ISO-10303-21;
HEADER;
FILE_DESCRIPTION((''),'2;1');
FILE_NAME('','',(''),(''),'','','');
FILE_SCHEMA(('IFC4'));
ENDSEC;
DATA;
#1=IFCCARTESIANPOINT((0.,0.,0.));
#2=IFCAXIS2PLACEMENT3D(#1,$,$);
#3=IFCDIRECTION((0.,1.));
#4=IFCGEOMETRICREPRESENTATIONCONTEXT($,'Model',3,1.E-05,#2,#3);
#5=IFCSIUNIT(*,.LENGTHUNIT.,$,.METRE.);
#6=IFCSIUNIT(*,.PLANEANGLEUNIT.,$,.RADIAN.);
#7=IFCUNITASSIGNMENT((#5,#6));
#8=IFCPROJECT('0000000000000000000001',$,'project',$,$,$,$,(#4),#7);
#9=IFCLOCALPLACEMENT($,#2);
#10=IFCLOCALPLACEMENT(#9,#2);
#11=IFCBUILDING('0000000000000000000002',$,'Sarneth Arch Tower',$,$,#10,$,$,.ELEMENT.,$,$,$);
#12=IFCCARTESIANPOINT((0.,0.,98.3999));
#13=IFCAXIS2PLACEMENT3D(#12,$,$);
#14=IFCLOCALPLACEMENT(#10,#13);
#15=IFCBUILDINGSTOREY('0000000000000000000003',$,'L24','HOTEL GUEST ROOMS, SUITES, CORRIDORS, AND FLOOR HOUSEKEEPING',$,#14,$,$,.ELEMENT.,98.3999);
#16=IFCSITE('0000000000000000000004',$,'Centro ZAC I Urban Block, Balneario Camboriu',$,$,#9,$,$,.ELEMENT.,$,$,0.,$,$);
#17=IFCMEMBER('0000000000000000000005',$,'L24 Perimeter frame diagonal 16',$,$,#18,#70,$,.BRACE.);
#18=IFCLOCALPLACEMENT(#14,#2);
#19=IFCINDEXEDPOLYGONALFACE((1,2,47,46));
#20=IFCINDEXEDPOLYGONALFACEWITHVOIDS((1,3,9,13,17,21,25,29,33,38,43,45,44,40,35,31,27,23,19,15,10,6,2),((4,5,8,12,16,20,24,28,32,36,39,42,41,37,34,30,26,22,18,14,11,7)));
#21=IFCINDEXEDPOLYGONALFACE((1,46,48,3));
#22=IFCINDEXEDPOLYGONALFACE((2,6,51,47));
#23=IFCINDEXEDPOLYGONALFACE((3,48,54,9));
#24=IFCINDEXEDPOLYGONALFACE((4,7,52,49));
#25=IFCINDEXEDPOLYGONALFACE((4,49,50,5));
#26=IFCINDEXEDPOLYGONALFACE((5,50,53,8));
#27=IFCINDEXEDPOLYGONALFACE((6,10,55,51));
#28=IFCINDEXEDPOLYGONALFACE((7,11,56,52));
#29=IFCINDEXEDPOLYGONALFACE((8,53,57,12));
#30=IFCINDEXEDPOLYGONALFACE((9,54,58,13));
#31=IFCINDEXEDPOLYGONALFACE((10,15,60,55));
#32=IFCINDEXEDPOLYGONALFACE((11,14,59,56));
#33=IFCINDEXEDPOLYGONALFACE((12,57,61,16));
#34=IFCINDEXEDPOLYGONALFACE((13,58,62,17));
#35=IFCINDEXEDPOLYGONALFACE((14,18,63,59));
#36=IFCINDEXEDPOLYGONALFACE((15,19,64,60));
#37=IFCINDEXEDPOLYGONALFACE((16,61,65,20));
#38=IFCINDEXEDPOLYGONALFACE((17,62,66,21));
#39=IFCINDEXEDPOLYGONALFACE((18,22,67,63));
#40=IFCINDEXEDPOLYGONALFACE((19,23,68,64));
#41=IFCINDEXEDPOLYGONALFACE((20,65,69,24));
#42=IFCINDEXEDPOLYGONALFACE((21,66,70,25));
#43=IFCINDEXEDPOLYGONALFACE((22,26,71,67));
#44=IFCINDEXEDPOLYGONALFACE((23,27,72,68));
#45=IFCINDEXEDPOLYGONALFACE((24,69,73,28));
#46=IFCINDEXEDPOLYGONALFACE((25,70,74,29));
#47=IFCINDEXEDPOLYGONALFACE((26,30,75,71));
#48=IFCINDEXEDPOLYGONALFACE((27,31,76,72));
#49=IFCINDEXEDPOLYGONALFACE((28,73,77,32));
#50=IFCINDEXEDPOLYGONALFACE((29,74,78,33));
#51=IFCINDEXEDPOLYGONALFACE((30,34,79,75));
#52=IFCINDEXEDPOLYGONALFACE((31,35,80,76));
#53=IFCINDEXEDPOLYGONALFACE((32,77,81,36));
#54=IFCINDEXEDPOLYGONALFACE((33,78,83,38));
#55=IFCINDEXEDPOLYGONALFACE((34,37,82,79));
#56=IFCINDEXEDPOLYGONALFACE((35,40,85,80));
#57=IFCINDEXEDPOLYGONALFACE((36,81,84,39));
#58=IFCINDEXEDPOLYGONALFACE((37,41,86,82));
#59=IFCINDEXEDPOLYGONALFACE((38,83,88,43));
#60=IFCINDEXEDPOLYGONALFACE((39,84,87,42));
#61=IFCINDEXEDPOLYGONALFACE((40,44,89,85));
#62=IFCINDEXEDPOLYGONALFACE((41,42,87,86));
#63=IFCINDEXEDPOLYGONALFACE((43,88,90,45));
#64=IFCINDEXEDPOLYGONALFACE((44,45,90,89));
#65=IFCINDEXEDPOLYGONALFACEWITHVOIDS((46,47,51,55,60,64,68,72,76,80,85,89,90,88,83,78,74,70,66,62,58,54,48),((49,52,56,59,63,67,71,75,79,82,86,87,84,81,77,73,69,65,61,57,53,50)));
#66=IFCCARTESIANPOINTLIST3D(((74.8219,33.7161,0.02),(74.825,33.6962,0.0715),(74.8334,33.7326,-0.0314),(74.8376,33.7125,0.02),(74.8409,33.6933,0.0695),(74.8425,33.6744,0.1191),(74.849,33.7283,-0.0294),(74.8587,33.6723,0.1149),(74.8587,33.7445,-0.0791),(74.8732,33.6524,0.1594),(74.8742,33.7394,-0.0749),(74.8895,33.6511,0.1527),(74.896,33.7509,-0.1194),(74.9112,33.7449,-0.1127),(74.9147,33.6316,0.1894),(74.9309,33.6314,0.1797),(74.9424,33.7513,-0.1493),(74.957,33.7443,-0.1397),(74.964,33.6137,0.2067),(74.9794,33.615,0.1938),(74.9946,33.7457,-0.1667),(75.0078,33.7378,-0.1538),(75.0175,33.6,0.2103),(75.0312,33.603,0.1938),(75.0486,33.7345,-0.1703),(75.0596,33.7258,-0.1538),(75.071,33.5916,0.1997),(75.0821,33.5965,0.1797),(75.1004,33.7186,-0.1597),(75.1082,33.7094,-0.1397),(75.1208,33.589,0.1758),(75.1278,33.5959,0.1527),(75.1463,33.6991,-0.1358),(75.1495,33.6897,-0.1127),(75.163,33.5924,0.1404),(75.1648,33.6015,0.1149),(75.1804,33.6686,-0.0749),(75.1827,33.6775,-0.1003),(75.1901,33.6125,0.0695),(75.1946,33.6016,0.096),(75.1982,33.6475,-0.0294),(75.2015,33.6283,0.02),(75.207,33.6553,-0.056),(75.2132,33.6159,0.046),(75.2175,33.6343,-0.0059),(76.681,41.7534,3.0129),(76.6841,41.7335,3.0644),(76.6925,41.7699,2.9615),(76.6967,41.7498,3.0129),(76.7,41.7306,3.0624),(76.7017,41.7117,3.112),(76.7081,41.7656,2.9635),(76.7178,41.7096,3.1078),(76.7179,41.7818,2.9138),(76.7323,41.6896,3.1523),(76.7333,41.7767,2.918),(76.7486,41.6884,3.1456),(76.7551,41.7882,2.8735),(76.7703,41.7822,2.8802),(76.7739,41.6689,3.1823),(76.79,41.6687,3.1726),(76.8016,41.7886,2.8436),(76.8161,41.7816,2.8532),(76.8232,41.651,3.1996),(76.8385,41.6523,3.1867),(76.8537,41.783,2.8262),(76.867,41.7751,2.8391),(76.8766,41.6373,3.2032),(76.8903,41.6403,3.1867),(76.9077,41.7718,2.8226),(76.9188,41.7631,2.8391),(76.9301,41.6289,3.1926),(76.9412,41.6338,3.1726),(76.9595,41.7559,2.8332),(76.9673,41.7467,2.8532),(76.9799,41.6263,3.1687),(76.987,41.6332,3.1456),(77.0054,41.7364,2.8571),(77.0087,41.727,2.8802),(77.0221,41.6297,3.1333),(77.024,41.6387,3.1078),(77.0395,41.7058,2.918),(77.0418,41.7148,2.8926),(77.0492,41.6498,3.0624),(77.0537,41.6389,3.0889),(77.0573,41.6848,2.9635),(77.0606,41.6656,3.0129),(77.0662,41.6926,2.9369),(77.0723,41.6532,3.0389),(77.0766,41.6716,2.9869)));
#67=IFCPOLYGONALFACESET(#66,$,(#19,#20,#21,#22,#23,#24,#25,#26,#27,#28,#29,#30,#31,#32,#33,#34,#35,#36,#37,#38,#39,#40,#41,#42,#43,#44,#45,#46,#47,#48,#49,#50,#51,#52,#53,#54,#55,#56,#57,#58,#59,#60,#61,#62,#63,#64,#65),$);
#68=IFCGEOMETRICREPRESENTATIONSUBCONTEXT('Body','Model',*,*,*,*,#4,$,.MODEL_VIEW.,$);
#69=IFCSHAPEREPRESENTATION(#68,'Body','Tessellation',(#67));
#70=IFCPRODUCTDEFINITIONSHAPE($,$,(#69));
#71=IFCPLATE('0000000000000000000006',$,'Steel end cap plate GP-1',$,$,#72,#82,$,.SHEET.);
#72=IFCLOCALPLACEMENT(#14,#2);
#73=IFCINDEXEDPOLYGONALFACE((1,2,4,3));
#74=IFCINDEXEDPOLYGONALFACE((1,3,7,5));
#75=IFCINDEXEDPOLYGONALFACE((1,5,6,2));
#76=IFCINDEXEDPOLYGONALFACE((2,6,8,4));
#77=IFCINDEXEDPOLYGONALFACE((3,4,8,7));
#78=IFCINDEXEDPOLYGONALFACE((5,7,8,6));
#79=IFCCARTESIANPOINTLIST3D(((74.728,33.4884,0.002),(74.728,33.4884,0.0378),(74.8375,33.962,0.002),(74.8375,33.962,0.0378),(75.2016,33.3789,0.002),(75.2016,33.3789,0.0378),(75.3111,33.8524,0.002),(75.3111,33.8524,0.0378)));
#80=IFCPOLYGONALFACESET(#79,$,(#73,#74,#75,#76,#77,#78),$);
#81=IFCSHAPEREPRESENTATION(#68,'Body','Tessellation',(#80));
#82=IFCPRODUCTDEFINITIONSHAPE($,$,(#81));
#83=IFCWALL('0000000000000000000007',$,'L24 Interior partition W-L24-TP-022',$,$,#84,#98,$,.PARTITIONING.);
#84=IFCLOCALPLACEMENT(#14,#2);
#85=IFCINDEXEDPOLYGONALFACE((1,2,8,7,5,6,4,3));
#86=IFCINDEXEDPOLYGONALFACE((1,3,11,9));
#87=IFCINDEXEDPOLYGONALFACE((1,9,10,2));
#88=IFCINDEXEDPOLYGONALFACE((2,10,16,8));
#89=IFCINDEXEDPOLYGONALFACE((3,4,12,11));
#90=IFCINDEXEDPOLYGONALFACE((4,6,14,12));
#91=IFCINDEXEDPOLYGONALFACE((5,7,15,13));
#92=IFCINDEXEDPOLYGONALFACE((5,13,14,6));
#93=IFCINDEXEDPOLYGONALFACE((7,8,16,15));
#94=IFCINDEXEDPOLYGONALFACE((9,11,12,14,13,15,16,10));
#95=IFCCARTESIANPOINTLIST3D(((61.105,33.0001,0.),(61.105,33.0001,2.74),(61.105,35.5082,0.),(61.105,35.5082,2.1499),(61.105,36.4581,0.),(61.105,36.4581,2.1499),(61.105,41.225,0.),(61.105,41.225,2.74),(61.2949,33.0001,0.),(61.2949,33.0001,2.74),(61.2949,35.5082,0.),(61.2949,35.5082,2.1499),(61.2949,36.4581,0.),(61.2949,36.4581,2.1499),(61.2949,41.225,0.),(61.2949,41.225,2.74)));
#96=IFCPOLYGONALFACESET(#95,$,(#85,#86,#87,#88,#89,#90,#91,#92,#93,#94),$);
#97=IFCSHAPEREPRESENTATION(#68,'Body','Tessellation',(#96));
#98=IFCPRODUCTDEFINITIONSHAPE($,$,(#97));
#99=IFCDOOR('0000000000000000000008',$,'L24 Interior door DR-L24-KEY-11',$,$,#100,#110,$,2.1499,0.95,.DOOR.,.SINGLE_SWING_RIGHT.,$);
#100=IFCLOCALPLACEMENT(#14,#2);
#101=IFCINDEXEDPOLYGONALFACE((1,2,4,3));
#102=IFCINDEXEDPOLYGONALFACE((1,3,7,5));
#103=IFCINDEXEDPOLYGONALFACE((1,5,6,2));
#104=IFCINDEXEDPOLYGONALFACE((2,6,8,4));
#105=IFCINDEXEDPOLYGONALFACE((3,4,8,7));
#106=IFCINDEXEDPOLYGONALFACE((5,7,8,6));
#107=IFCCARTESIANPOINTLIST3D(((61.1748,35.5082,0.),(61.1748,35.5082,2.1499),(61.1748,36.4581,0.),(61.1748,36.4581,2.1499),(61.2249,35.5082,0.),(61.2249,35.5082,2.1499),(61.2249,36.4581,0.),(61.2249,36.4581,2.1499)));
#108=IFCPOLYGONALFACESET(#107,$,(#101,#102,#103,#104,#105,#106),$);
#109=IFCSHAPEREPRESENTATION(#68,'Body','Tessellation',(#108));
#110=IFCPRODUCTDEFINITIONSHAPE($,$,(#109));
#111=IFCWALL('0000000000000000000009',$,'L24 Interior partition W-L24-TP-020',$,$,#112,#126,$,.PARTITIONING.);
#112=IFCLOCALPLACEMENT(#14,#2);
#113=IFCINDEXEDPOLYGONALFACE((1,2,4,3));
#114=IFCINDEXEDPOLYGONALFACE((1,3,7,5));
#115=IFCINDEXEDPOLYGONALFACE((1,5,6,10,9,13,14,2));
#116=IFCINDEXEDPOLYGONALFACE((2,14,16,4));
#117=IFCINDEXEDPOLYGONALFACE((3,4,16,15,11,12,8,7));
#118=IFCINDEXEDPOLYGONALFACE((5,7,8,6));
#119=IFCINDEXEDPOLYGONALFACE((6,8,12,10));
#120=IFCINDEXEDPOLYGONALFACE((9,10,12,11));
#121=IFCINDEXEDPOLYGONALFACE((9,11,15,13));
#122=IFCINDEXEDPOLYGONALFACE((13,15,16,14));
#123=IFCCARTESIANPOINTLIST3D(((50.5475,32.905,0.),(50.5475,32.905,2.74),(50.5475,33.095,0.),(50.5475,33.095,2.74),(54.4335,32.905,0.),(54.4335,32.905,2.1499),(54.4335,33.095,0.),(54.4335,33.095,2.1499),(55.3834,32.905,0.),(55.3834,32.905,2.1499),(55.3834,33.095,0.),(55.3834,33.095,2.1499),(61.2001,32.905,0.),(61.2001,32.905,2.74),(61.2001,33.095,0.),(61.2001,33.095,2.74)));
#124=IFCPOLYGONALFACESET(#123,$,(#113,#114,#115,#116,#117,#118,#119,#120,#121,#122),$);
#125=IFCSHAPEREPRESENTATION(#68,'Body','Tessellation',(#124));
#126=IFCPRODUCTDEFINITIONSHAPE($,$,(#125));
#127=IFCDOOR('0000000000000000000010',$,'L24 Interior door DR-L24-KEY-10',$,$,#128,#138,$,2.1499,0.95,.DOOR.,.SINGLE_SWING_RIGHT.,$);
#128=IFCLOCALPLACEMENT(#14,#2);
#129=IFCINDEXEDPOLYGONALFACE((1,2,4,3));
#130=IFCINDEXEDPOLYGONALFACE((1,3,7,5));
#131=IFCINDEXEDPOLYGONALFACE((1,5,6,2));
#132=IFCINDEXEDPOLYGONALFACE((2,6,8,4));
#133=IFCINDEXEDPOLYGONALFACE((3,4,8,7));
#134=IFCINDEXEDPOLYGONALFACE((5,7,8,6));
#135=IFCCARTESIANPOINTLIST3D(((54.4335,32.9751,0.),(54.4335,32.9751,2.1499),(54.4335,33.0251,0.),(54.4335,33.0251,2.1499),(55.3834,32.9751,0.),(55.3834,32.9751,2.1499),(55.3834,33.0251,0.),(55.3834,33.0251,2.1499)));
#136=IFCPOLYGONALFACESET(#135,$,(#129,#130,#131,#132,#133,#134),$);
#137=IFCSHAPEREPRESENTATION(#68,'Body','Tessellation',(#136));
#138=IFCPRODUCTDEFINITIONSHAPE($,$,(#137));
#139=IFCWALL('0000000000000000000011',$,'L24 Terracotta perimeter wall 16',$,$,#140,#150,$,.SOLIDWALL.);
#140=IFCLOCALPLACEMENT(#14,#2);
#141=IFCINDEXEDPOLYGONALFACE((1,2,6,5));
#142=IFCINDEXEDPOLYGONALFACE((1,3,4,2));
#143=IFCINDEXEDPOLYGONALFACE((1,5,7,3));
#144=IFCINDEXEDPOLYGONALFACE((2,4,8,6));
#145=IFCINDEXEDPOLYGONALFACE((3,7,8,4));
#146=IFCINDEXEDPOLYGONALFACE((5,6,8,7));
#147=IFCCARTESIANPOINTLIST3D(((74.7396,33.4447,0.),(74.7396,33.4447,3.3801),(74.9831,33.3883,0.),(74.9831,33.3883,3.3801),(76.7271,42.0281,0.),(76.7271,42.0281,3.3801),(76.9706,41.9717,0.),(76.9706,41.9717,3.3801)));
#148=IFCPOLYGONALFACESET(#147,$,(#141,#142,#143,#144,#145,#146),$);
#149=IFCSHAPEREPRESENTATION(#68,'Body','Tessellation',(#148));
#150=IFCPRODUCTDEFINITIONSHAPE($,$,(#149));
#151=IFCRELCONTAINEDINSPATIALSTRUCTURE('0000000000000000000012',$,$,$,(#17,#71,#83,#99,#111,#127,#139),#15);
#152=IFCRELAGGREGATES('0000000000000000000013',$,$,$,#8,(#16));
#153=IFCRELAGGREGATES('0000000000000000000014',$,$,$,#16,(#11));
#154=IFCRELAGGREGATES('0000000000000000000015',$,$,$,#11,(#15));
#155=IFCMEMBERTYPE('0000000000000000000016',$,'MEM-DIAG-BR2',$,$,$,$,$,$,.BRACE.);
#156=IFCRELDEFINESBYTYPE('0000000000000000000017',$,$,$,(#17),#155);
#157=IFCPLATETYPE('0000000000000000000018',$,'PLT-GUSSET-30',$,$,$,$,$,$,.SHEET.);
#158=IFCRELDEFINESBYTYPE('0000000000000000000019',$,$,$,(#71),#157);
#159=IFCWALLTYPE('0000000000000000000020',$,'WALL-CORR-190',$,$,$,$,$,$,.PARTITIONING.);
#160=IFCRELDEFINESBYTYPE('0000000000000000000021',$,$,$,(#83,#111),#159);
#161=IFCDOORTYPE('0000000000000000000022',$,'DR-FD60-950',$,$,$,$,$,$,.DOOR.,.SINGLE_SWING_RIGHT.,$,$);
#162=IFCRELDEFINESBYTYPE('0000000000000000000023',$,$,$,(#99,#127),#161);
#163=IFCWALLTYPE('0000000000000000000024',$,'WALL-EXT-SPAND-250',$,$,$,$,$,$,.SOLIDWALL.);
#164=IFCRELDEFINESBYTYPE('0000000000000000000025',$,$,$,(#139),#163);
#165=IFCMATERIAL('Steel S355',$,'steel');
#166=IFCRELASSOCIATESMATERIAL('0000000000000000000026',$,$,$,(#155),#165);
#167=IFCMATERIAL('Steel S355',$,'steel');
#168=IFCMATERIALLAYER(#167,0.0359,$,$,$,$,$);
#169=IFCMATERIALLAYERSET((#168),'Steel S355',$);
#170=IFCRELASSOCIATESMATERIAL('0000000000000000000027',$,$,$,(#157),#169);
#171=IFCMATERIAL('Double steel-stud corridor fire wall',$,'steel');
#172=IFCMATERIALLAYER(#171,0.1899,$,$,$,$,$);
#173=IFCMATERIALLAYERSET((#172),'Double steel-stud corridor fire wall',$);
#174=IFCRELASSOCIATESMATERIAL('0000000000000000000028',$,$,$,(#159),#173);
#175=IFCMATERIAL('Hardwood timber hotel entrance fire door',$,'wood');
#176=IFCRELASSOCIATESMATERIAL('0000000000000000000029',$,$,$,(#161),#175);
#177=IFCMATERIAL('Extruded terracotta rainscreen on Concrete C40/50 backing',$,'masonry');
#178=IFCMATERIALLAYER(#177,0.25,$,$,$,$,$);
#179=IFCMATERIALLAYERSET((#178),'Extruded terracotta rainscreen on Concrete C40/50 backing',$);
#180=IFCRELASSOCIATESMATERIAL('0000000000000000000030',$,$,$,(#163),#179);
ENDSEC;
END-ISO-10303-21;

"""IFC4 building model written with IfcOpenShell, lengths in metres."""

from ifc_helpers import new_model, si_unit, direction, frame, frame_2d, origin, origin_2d, place, context, subcontext, project, spatial, rectangle, hollow_circle, extrude, material, layer, layer_set, material_profile, profile_set, type_object, element, fill, save


model = new_model("IFC4")

# Units and contexts
model_context = context("Model", 3, precision=1e-05, world=origin(), true_north=direction((0.0, 1.0)))
body_context = subcontext(model_context, "Body", "Model", "MODEL_VIEW")
ifc_project = project(units=[si_unit("LENGTHUNIT", "METRE"), si_unit("PLANEANGLEUNIT", "RADIAN")], contexts=[model_context])

# Site, building, storey
site_placement = place(None, origin())
site = spatial("IfcSite", under=ifc_project, at=site_placement, Name="Centro ZAC I Urban Block, Balneario Camboriu", CompositionType="ELEMENT", RefElevation=0.0)
building_placement = place(site_placement, origin())
building = spatial("IfcBuilding", under=site, at=building_placement, Name="Sarneth Arch Tower", CompositionType="ELEMENT")
storey_placement = place(building_placement, frame((0.0, 0.0, 98.3999)))
storey = spatial("IfcBuildingStorey", under=building, at=storey_placement, Name="L24", Description="HOTEL GUEST ROOMS, SUITES, CORRIDORS, AND FLOOR HOUSEKEEPING", CompositionType="ELEMENT", Elevation=98.3999)

# Member
ifc_material_1 = material(Name="Steel S355", Category="steel")
ifc_material_profile_1 = material_profile(ifc_material_1, hollow_circle(Radius=0.2029, WallThickness=0.0161, at=origin_2d()), Name="CHS406x16")
ifc_profile_set_1 = profile_set([ifc_material_profile_1], Name="Steel S355")
member_type = type_object("IfcMemberType", Name="MEM-DIAG-BR2", PredefinedType="BRACE", material=ifc_profile_set_1)
member_placement = place(storey_placement, frame((75.0195, 33.6704, 0.02), z_axis=(0.21185, 0.915864, 0.341046), x_axis=(-0.974275, 0.225361, 0.0)))
element("IfcMember", 1, at=member_placement, inside=storey, type_object=member_type, Name="L24 Perimeter frame diagonal 16", PredefinedType="BRACE", context=body_context, shape_type="SweptSolid", body=[
    extrude(hollow_circle(Radius=0.2029, WallThickness=0.0161, at=origin_2d()), origin(), (0.0, 0.0, 1.0), 8.7756),
])

# Plate
ifc_material_2 = material(Name="Steel S355", Category="steel")
ifc_layer_1 = layer(ifc_material_2, 0.0359)
ifc_layer_set_1 = layer_set([ifc_layer_1], Name="Steel S355")
plate_type = type_object("IfcPlateType", Name="PLT-GUSSET-30", PredefinedType="SHEET", material=ifc_layer_set_1)
plate_placement = place(storey_placement, frame((75.0195, 33.6704, 0.002), z_axis=(0.0, 0.0, 1.0), x_axis=(0.225291, 0.974291, 0.0)))
element("IfcPlate", 2, at=plate_placement, inside=storey, type_object=plate_type, Name="Steel end cap plate GP-1", PredefinedType="SHEET", context=body_context, shape_type="SweptSolid", body=[
    extrude(rectangle(XDim=0.4861, YDim=0.4861, at=origin_2d()), origin(), (0.0, 0.0, 1.0), 0.0359),
])

# Walls, openings, doors
ifc_material_3 = material(Name="Double steel-stud corridor fire wall", Category="steel")
ifc_layer_2 = layer(ifc_material_3, 0.1899)
ifc_layer_set_2 = layer_set([ifc_layer_2], Name="Double steel-stud corridor fire wall")
wall_type_1 = type_object("IfcWallType", Name="WALL-CORR-190", PredefinedType="PARTITIONING", material=ifc_layer_set_2)
wall_1_placement = place(storey_placement, frame((61.2, 41.2249, 0.0), z_axis=(0.0, 0.0, 1.0), x_axis=(0.0, -1.0, 0.0)))
wall_1 = element("IfcWall", 3, at=wall_1_placement, inside=storey, type_object=wall_type_1, Name="L24 Interior partition W-L24-TP-022", PredefinedType="PARTITIONING", context=body_context, shape_type="SweptSolid", body=[
    extrude(rectangle(XDim=8.2249, YDim=0.1899, at=frame_2d((4.1123, 0.0))), origin(), (0.0, 0.0, 1.0), 2.74),
])
opening_1_placement = place(wall_1_placement, frame((4.7666, 0.0, 0.0)))
opening_1 = element("IfcOpeningElement", 4, at=opening_1_placement, cuts=wall_1, PredefinedType="OPENING", context=body_context, shape_type="SweptSolid", body=[
    extrude(rectangle(XDim=0.95, YDim=2.1499, at=frame_2d((0.4751, 1.075))), frame((0.0, 0.105, 0.0), z_axis=(0.0, -1.0, 0.0), x_axis=(1.0, 0.0, 0.0)), (0.0, 0.0, 1.0), 0.21),
])
ifc_material_4 = material(Name="Hardwood timber hotel entrance fire door", Category="wood")
door_type_1 = type_object("IfcDoorType", Name="DR-FD60-950", OperationType="SINGLE_SWING_RIGHT", PredefinedType="DOOR", material=ifc_material_4)
door_1_placement = place(opening_1_placement, origin())
door_1 = element("IfcDoor", 5, at=door_1_placement, inside=storey, type_object=door_type_1, Name="L24 Interior door DR-L24-KEY-11", OperationType="SINGLE_SWING_RIGHT", OverallHeight=2.1499, OverallWidth=0.95, PredefinedType="DOOR", context=body_context, shape_type="SweptSolid", body=[
    extrude(rectangle(XDim=0.95, YDim=2.1499, at=frame_2d((0.4751, 1.075))), frame((0.0, 0.0249, 0.0), z_axis=(0.0, -1.0, 0.0), x_axis=(1.0, 0.0, 0.0)), (0.0, 0.0, 1.0), 0.05),
])
fill(opening_1, door_1)
wall_2_placement = place(storey_placement, frame((61.2, 33.0, 0.0), z_axis=(0.0, 0.0, 1.0), x_axis=(-1.0, 0.0, 0.0)))
wall_2 = element("IfcWall", 6, at=wall_2_placement, inside=storey, type_object=wall_type_1, Name="L24 Interior partition W-L24-TP-020", PredefinedType="PARTITIONING", context=body_context, shape_type="SweptSolid", body=[
    extrude(rectangle(XDim=10.6526, YDim=0.1899, at=frame_2d((5.3262, 0.0))), origin(), (0.0, 0.0, 1.0), 2.74),
])
opening_2_placement = place(wall_2_placement, frame((5.8164, 0.0, 0.0)))
opening_2 = element("IfcOpeningElement", 7, at=opening_2_placement, cuts=wall_2, PredefinedType="OPENING", context=body_context, shape_type="SweptSolid", body=[
    extrude(rectangle(XDim=0.95, YDim=2.1499, at=frame_2d((0.4751, 1.075))), frame((0.0, 0.105, 0.0), z_axis=(0.0, -1.0, 0.0), x_axis=(1.0, 0.0, 0.0)), (0.0, 0.0, 1.0), 0.21),
])
door_2_placement = place(opening_2_placement, origin())
door_2 = element("IfcDoor", 8, at=door_2_placement, inside=storey, type_object=door_type_1, Name="L24 Interior door DR-L24-KEY-10", OperationType="SINGLE_SWING_RIGHT", OverallHeight=2.1499, OverallWidth=0.95, PredefinedType="DOOR", context=body_context, shape_type="SweptSolid", body=[
    extrude(rectangle(XDim=0.95, YDim=2.1499, at=frame_2d((0.4751, 1.075))), frame((0.0, 0.0249, 0.0), z_axis=(0.0, -1.0, 0.0), x_axis=(1.0, 0.0, 0.0)), (0.0, 0.0, 1.0), 0.05),
])
fill(opening_2, door_2)

# Wall
ifc_material_5 = material(Name="Extruded terracotta rainscreen on Concrete C40/50 backing", Category="masonry")
ifc_layer_3 = layer(ifc_material_5, 0.25)
ifc_layer_set_3 = layer_set([ifc_layer_3], Name="Extruded terracotta rainscreen on Concrete C40/50 backing")
wall_type_2 = type_object("IfcWallType", Name="WALL-EXT-SPAND-250", PredefinedType="SOLIDWALL", material=ifc_layer_set_3)
wall_3_placement = place(storey_placement, frame((74.8613, 33.4165, 0.0), z_axis=(0.0, 0.0, 1.0), x_axis=(0.225586, 0.974223, 0.0)))
element("IfcWall", 9, at=wall_3_placement, inside=storey, type_object=wall_type_2, Name="L24 Terracotta perimeter wall 16", PredefinedType="SOLIDWALL", context=body_context, shape_type="SweptSolid", body=[
    extrude(rectangle(XDim=8.8105, YDim=0.25, at=frame_2d((4.4053, 0.0))), origin(), (0.0, 0.0, 1.0), 3.3801),
])

save(model, "model.ifc")
